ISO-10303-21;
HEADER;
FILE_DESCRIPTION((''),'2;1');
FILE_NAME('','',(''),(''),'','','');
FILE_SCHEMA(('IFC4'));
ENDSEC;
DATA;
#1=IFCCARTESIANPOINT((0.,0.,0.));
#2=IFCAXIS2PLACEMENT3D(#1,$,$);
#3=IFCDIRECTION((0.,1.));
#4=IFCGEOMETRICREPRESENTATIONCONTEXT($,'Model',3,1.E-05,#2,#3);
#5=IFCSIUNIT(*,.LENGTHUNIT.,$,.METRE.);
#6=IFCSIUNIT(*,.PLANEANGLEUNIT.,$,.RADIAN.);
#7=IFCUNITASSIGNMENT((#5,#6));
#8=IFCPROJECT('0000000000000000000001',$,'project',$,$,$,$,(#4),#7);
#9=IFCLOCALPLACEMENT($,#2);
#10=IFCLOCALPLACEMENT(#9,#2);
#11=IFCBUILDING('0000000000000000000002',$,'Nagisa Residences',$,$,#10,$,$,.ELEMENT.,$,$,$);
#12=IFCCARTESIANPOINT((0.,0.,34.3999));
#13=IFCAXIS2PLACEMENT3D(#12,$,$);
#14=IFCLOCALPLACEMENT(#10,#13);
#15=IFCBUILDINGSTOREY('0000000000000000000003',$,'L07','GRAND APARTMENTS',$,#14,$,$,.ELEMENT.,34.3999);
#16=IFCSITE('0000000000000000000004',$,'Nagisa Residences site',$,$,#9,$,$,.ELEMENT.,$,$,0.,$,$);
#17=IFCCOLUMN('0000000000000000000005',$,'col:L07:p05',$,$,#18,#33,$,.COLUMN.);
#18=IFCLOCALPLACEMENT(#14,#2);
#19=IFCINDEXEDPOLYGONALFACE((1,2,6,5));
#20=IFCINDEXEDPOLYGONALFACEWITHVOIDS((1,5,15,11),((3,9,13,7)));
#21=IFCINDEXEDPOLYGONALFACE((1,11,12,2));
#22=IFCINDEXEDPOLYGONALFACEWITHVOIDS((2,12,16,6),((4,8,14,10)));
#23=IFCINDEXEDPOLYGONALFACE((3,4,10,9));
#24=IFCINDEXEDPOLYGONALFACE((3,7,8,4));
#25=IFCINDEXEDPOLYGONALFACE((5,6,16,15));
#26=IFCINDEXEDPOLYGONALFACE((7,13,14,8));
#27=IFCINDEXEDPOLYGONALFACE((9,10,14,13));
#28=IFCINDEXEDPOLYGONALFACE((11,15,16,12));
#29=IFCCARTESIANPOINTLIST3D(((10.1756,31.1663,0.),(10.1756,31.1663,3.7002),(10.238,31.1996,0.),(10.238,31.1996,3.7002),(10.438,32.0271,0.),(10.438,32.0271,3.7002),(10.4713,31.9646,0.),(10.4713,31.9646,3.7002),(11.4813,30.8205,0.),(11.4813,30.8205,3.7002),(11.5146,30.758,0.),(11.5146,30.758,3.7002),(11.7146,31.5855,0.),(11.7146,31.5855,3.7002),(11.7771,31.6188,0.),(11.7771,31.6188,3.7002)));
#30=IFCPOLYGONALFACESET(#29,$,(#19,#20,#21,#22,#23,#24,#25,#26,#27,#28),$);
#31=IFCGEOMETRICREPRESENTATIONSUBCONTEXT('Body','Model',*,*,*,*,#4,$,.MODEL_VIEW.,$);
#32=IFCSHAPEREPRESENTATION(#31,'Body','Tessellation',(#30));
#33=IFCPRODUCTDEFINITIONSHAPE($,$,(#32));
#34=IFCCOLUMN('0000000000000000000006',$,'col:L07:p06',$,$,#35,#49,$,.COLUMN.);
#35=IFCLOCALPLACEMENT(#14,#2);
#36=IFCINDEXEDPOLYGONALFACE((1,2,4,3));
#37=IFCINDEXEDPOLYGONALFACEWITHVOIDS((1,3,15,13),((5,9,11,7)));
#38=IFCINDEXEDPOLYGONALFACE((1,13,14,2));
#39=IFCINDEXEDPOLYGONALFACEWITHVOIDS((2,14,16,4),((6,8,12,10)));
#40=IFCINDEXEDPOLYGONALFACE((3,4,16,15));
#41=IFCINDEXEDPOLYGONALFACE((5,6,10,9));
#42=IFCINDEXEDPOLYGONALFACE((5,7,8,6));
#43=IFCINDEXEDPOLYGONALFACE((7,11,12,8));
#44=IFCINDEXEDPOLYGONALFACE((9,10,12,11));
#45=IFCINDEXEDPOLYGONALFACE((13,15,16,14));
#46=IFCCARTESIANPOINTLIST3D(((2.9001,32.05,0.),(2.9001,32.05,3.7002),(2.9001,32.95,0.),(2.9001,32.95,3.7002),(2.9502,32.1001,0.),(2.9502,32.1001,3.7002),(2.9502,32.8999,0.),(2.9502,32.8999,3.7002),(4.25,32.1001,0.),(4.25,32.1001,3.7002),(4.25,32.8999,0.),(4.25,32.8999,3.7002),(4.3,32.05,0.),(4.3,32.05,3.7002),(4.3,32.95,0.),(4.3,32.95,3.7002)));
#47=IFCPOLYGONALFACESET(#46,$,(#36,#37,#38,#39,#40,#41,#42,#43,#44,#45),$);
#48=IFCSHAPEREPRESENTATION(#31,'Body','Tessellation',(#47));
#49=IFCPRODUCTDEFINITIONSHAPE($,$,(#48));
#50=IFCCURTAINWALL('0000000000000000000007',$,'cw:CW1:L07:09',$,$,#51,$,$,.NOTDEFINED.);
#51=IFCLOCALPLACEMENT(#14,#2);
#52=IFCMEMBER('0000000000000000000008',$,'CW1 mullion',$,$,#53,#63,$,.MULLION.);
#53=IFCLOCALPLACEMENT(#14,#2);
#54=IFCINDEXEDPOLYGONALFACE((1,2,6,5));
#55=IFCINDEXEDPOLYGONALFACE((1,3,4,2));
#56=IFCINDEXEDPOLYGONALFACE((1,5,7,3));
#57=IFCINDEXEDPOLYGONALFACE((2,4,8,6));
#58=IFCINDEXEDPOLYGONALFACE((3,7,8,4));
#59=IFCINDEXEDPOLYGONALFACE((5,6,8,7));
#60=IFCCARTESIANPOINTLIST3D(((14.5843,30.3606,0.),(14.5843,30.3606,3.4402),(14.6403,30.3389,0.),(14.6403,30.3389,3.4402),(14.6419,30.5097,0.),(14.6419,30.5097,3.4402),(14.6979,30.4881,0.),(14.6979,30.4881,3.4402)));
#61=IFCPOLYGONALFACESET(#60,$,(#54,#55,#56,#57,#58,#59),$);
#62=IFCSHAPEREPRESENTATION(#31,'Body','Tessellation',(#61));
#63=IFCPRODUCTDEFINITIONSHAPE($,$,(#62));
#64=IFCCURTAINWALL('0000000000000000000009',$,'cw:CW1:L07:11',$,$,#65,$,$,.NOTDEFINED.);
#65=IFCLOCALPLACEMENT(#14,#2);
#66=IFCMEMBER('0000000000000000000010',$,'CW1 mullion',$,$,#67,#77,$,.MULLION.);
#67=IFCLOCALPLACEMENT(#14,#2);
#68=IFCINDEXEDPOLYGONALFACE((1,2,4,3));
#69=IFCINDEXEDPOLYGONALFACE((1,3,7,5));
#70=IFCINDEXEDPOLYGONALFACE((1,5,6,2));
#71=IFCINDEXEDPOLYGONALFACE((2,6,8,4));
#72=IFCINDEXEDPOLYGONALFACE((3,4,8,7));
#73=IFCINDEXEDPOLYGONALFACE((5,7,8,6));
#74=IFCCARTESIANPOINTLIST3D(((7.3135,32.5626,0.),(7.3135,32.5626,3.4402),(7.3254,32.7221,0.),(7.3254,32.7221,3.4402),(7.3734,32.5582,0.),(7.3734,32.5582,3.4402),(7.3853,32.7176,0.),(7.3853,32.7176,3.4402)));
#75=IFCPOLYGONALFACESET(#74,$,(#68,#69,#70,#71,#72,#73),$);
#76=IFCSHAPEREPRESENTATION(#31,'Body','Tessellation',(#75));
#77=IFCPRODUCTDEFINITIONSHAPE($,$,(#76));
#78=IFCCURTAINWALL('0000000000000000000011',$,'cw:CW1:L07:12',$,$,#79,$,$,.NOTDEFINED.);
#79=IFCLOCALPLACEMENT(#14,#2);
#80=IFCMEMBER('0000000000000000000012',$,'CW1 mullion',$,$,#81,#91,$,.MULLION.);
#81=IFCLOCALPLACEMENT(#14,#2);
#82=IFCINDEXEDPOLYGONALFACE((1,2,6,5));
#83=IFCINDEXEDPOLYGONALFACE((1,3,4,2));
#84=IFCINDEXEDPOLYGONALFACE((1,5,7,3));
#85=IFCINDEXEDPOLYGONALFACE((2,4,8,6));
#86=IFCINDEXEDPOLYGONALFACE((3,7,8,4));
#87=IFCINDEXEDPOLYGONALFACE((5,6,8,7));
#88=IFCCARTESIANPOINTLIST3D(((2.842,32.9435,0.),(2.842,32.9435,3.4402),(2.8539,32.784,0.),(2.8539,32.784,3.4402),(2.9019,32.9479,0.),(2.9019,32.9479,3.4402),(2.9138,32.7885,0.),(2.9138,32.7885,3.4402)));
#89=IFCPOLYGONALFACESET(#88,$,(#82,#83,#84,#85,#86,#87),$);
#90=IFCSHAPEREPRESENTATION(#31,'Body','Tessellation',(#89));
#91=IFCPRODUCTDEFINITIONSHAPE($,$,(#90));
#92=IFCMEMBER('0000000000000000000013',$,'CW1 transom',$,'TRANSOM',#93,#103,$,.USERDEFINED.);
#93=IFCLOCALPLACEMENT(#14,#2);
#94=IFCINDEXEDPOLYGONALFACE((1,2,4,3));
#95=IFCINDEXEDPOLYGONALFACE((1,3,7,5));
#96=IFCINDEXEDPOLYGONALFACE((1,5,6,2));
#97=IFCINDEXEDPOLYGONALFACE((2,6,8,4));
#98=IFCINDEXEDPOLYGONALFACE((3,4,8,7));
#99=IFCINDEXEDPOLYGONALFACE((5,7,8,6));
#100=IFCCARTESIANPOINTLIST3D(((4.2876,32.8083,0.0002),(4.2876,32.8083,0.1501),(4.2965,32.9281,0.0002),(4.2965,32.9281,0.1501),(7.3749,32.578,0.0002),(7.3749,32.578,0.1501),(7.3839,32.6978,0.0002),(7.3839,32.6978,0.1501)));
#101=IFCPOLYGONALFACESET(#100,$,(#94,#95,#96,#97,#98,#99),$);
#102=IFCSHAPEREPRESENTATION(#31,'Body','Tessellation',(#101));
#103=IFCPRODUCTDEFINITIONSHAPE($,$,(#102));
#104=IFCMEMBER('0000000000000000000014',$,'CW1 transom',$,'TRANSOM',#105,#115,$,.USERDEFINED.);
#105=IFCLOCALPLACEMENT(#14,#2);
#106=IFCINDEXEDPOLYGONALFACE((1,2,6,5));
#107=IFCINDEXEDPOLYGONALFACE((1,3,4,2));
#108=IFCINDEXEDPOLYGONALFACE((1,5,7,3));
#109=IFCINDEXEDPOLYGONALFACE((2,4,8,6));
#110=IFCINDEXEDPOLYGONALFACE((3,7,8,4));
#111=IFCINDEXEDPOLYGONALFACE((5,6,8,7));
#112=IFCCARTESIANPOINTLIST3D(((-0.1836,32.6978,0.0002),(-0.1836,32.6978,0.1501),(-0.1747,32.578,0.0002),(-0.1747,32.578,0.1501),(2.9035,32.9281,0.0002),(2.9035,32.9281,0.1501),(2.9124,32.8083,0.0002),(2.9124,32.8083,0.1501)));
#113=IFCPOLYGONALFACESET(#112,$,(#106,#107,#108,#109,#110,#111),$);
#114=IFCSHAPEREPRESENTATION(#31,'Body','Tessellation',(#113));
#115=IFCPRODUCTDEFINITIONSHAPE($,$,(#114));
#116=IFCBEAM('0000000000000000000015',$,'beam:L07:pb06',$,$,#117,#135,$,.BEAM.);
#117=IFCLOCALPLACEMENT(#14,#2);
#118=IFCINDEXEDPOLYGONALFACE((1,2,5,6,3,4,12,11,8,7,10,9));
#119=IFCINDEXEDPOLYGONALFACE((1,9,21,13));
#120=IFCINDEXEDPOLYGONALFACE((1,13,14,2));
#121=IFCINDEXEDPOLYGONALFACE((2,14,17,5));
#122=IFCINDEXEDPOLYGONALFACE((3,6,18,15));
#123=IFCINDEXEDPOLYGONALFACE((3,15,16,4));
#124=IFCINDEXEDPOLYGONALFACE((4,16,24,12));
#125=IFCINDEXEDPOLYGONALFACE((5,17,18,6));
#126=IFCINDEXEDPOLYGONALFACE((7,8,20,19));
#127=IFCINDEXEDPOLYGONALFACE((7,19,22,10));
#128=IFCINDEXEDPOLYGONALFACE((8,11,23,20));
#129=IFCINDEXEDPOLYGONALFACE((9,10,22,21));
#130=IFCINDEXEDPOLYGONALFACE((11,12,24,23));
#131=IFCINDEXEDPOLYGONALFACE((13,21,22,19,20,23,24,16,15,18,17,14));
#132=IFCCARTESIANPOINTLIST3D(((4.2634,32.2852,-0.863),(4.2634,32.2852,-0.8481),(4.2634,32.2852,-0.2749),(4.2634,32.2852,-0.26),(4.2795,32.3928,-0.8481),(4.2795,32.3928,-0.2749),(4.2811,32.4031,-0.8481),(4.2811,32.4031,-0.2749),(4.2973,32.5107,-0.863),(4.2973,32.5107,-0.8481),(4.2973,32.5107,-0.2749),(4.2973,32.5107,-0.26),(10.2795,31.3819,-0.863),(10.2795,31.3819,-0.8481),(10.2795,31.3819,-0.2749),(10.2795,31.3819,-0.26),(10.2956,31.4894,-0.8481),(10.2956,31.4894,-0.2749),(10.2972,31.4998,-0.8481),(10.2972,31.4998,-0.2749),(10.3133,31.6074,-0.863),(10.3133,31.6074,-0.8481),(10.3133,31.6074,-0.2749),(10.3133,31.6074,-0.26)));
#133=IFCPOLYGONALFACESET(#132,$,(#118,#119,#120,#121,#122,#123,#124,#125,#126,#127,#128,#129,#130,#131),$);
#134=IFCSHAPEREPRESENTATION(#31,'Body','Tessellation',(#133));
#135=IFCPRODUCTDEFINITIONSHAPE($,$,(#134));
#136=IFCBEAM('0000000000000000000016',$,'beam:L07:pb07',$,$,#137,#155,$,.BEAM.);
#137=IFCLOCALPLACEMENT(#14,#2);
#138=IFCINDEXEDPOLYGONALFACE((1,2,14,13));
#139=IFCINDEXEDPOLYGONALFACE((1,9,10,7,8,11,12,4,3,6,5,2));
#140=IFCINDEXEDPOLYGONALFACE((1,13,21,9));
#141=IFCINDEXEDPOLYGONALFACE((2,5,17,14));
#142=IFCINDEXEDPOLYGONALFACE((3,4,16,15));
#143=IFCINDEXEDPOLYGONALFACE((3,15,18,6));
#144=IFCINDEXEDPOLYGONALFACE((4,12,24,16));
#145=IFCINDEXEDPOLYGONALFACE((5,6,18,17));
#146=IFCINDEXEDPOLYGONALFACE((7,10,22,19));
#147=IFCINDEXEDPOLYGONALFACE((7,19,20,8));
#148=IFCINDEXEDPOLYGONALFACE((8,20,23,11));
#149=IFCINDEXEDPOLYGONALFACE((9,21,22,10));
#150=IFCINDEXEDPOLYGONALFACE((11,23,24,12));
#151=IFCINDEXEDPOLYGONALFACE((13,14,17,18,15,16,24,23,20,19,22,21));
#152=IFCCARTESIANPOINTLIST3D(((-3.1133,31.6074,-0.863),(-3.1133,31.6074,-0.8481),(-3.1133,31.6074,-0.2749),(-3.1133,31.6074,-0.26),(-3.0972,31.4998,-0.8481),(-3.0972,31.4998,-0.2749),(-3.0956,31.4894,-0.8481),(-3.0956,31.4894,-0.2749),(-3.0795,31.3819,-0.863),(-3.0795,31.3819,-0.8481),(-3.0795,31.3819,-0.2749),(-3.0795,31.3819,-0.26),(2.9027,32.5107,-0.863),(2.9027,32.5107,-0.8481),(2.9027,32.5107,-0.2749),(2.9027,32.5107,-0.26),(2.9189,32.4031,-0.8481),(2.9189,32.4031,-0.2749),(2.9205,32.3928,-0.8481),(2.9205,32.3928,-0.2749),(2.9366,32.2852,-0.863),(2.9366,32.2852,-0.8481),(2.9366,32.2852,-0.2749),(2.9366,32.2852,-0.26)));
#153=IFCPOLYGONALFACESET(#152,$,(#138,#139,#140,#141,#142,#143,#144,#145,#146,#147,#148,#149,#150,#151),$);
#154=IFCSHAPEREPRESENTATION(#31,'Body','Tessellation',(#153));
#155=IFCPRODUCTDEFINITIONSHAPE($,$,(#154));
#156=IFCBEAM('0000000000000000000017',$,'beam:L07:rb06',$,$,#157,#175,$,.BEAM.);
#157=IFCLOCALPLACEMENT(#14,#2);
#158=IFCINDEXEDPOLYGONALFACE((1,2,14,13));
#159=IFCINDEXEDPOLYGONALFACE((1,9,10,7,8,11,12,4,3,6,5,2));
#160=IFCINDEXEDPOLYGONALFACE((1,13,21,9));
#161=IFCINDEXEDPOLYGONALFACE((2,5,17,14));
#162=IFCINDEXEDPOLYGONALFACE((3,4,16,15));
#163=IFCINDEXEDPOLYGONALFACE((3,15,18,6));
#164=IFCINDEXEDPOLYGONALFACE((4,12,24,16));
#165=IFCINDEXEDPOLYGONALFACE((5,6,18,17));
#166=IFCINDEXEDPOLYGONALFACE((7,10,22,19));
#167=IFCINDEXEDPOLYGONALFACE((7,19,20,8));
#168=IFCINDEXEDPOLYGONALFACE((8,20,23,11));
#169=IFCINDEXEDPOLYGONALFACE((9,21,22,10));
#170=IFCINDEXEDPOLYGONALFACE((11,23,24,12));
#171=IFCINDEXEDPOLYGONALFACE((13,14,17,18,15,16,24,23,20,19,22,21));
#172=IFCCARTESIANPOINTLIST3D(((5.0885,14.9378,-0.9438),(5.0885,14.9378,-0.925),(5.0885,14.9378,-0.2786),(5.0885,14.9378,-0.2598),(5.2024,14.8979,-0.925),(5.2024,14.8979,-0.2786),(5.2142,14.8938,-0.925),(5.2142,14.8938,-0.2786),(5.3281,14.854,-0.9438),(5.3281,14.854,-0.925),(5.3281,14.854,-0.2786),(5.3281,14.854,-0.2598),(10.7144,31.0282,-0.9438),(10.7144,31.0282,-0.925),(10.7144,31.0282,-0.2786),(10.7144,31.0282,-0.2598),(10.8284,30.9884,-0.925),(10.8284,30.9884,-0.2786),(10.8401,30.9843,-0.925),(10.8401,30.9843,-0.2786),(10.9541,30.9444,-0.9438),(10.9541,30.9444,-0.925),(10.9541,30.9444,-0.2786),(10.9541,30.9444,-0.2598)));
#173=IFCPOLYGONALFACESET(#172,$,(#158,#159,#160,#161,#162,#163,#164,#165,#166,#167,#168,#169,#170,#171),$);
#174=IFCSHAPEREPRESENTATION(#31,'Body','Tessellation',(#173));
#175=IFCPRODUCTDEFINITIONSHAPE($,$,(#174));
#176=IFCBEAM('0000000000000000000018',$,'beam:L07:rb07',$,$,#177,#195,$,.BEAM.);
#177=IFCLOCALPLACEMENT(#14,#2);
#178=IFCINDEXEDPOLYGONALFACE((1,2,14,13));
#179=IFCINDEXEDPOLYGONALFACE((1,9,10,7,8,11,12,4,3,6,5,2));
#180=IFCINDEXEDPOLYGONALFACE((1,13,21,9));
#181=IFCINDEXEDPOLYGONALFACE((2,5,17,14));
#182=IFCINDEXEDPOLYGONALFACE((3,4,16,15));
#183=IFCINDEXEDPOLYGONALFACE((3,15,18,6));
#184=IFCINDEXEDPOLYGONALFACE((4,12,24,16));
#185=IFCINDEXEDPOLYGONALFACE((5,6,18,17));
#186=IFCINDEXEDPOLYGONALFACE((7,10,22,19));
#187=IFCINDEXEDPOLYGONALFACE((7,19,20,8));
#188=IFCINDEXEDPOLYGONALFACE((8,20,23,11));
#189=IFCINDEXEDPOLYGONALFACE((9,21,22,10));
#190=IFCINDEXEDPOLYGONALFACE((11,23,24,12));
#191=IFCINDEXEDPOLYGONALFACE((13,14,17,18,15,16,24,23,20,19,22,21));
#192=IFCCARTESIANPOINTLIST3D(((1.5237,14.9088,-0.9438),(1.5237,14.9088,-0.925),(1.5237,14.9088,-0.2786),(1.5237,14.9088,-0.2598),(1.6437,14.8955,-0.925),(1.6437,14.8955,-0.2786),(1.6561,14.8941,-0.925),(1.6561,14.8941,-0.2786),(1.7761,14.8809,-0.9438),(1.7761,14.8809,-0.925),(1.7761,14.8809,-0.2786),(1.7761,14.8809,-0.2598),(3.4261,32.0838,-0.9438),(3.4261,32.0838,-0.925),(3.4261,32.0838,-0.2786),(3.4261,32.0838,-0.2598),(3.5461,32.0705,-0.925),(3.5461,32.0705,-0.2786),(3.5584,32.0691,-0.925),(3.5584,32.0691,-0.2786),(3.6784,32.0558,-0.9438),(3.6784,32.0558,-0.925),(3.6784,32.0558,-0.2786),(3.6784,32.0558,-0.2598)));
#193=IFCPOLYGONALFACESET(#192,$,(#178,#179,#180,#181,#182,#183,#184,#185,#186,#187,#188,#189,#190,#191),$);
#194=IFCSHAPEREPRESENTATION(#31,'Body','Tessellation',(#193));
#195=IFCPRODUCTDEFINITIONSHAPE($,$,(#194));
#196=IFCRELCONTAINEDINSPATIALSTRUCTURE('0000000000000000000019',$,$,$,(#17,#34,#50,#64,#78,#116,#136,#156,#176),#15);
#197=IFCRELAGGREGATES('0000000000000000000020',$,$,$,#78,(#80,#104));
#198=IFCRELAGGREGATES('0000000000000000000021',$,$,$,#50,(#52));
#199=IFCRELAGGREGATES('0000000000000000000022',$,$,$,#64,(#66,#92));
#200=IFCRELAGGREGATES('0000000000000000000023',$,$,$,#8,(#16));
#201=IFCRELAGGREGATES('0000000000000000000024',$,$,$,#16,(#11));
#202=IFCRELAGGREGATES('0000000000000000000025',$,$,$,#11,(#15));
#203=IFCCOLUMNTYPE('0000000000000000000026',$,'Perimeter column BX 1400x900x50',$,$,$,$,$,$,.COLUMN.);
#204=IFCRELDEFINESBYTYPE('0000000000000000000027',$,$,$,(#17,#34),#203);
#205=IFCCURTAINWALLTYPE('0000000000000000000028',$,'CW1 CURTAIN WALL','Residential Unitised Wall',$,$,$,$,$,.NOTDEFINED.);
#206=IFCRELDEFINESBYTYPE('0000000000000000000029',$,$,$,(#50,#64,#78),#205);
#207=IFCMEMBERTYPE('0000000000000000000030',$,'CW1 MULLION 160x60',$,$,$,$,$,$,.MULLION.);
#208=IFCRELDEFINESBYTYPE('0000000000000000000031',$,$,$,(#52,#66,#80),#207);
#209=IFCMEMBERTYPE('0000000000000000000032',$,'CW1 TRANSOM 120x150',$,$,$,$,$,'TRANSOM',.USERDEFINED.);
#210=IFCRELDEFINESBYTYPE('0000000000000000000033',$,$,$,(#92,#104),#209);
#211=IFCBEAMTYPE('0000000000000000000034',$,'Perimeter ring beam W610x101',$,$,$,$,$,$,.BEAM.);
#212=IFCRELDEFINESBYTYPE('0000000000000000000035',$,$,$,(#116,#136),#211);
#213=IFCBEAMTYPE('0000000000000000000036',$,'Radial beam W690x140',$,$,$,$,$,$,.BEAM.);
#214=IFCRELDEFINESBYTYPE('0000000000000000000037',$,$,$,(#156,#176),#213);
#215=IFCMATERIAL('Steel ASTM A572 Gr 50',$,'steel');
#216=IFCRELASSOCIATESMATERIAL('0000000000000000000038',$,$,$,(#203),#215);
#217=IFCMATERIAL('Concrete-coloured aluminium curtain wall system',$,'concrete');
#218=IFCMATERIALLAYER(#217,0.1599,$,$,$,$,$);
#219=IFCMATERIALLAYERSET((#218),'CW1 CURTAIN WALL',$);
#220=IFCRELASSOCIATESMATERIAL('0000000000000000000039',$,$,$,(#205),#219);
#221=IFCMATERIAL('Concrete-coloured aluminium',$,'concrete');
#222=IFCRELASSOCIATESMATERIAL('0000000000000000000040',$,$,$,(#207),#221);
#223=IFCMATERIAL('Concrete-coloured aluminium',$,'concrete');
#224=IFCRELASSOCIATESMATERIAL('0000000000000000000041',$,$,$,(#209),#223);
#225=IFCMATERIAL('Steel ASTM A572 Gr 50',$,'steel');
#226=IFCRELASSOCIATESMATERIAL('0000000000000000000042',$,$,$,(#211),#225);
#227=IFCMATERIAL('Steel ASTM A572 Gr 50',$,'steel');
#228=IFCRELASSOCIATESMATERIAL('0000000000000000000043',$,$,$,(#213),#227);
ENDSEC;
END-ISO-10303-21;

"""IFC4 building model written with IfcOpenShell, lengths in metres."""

from ifc_helpers import new_model, si_unit, direction, frame, origin, origin_2d, place, context, subcontext, project, spatial, rectangle, hollow_rectangle, i_section, extrude, material, layer, layer_set, material_profile, profile_set, type_object, element, aggregate, save


model = new_model("IFC4")

# Units and contexts
model_context = context("Model", 3, precision=1e-05, world=origin(), true_north=direction((0.0, 1.0)))
body_context = subcontext(model_context, "Body", "Model", "MODEL_VIEW")
ifc_project = project(units=[si_unit("LENGTHUNIT", "METRE"), si_unit("PLANEANGLEUNIT", "RADIAN")], contexts=[model_context])

# Site, building, storey
site_placement = place(None, origin())
site = spatial("IfcSite", under=ifc_project, at=site_placement, Name="Nagisa Residences site", CompositionType="ELEMENT", RefElevation=0.0)
building_placement = place(site_placement, origin())
building = spatial("IfcBuilding", under=site, at=building_placement, Name="Nagisa Residences", CompositionType="ELEMENT")
storey_placement = place(building_placement, frame((0.0, 0.0, 34.3999)))
storey = spatial("IfcBuildingStorey", under=building, at=storey_placement, Name="L07", Description="GRAND APARTMENTS", CompositionType="ELEMENT", Elevation=34.3999)

# Columns
ifc_material_1 = material(Name="Steel ASTM A572 Gr 50", Category="steel")
ifc_material_profile_1 = material_profile(ifc_material_1, hollow_rectangle(XDim=1.3999, YDim=0.8999, WallThickness=0.05, at=origin_2d()), Name="BX 1400x900x50")
ifc_profile_set_1 = profile_set([ifc_material_profile_1], Name="Steel ASTM A572 Gr 50")
column_type = type_object("IfcColumnType", Name="Perimeter column BX 1400x900x50", PredefinedType="COLUMN", material=ifc_profile_set_1)
for number, where, z_axis, x_axis, name in (
    (1, (10.9763, 31.3926, 0.0), (0.0, 0.0, 1.0), (-0.956525, 0.291652, 0.0), "col:L07:p05"),
    (2, (3.6001, 32.5, 0.0), (0.0, 0.0, 1.0), (-1.0, 0.0, 0.0), "col:L07:p06"),
):
    element("IfcColumn", number, at=place(storey_placement, frame(where, z_axis=z_axis, x_axis=x_axis)), inside=storey, type_object=column_type, Name=name, PredefinedType="COLUMN", context=body_context, shape_type="SweptSolid", body=[
        extrude(hollow_rectangle(XDim=1.3999, YDim=0.8999, WallThickness=0.05, at=origin_2d()), origin(), (0.0, 0.0, 1.0), 3.7002),
    ])

# Curtain walls, members
ifc_material_2 = material(Name="Concrete-coloured aluminium curtain wall system", Category="concrete")
ifc_layer_1 = layer(ifc_material_2, 0.1599)
ifc_layer_set_1 = layer_set([ifc_layer_1], Name="CW1 CURTAIN WALL")
curtain_wall_type = type_object("IfcCurtainWallType", Name="CW1 CURTAIN WALL", Description="Residential Unitised Wall", PredefinedType="NOTDEFINED", material=ifc_layer_set_1)
curtain_wall_1_placement = place(storey_placement, origin())
curtain_wall_1 = element("IfcCurtainWall", 3, at=curtain_wall_1_placement, inside=storey, type_object=curtain_wall_type, Name="cw:CW1:L07:09", PredefinedType="NOTDEFINED")
ifc_material_3 = material(Name="Concrete-coloured aluminium", Category="concrete")
ifc_material_profile_2 = material_profile(ifc_material_3, rectangle(XDim=0.1599, YDim=0.0601, at=origin_2d()), Name="CW1 MULLION 160x60")
ifc_profile_set_2 = profile_set([ifc_material_profile_2], Name="Concrete-coloured aluminium")
member_type_1 = type_object("IfcMemberType", Name="CW1 MULLION 160x60", PredefinedType="MULLION", material=ifc_profile_set_2)
member_1_placement = place(storey_placement, frame((14.6411, 30.4243, 0.0), z_axis=(0.0, 0.0, 1.0), x_axis=(-0.360328, -0.932826, 0.0)))
member_1 = element("IfcMember", 4, at=member_1_placement, type_object=member_type_1, Name="CW1 mullion", PredefinedType="MULLION", context=body_context, shape_type="SweptSolid", body=[
    extrude(rectangle(XDim=0.1599, YDim=0.0601, at=origin_2d()), origin(), (0.0, 0.0, 1.0), 3.4402),
])
curtain_wall_2_placement = place(storey_placement, origin())
curtain_wall_2 = element("IfcCurtainWall", 5, at=curtain_wall_2_placement, inside=storey, type_object=curtain_wall_type, Name="cw:CW1:L07:11", PredefinedType="NOTDEFINED")
member_2_placement = place(storey_placement, frame((7.3494, 32.6401, 0.0), z_axis=(0.0, 0.0, 1.0), x_axis=(-0.074377, -0.99723, 0.0)))
member_2 = element("IfcMember", 6, at=member_2_placement, type_object=member_type_1, Name="CW1 mullion", PredefinedType="MULLION", context=body_context, shape_type="SweptSolid", body=[
    extrude(rectangle(XDim=0.1599, YDim=0.0601, at=origin_2d()), origin(), (0.0, 0.0, 1.0), 3.4402),
])
curtain_wall_3_placement = place(storey_placement, origin())
curtain_wall_3 = element("IfcCurtainWall", 7, at=curtain_wall_3_placement, inside=storey, type_object=curtain_wall_type, Name="cw:CW1:L07:12", PredefinedType="NOTDEFINED")
member_3_placement = place(storey_placement, frame((2.8779, 32.866, 0.0), z_axis=(0.0, 0.0, 1.0), x_axis=(0.074377, -0.99723, 0.0)))
member_3 = element("IfcMember", 8, at=member_3_placement, type_object=member_type_1, Name="CW1 mullion", PredefinedType="MULLION", context=body_context, shape_type="SweptSolid", body=[
    extrude(rectangle(XDim=0.1599, YDim=0.0601, at=origin_2d()), origin(), (0.0, 0.0, 1.0), 3.4402),
])

# Members
ifc_material_4 = material(Name="Concrete-coloured aluminium", Category="concrete")
ifc_material_profile_3 = material_profile(ifc_material_4, rectangle(XDim=0.1201, YDim=0.1499, at=origin_2d()), Name="CW1 TRANSOM 120x150")
ifc_profile_set_3 = profile_set([ifc_material_profile_3], Name="Concrete-coloured aluminium")
member_type_2 = type_object("IfcMemberType", Name="CW1 TRANSOM 120x150", ElementType="TRANSOM", PredefinedType="USERDEFINED", material=ifc_profile_set_3)
member_4_placement = place(storey_placement, frame((7.3794, 32.6379, 0.0752), z_axis=(-0.997231, 0.074363, 0.0), x_axis=(-0.074363, -0.997231, 0.0)))
member_4 = element("IfcMember", 9, at=member_4_placement, type_object=member_type_2, Name="CW1 transom", ObjectType="TRANSOM", PredefinedType="USERDEFINED", context=body_context, shape_type="SweptSolid", body=[
    extrude(rectangle(XDim=0.1201, YDim=0.1499, at=origin_2d()), origin(), (0.0, 0.0, 1.0), 3.0959),
])
member_5_placement = place(storey_placement, frame((2.908, 32.8682, 0.0752), z_axis=(-0.997231, -0.074368, 0.0), x_axis=(0.074368, -0.997231, 0.0)))
member_5 = element("IfcMember", 10, at=member_5_placement, type_object=member_type_2, Name="CW1 transom", ObjectType="TRANSOM", PredefinedType="USERDEFINED", context=body_context, shape_type="SweptSolid", body=[
    extrude(rectangle(XDim=0.1201, YDim=0.1499, at=origin_2d()), origin(), (0.0, 0.0, 1.0), 3.0957),
])
aggregate(curtain_wall_3, [member_3, member_5])

# Beams
ifc_material_5 = material(Name="Steel ASTM A572 Gr 50", Category="steel")
ifc_material_profile_4 = material_profile(ifc_material_5, i_section(OverallWidth=0.228, OverallDepth=0.603, WebThickness=0.0105, FlangeThickness=0.0149, at=origin_2d()), Name="W610x101")
ifc_profile_set_4 = profile_set([ifc_material_profile_4], Name="Steel ASTM A572 Gr 50")
beam_type_1 = type_object("IfcBeamType", Name="Perimeter ring beam W610x101", PredefinedType="BEAM", material=ifc_profile_set_4)
for number, where, z_axis, x_axis, name in (
    (11, (10.2964, 31.4946, -0.5615), (-0.988915, 0.148486, 0.0), (-0.148486, -0.988915, 0.0), "beam:L07:pb06"),
    (12, (2.9197, 32.3979, -0.5615), (-0.988915, -0.148486, 0.0), (0.148486, -0.988915, 0.0), "beam:L07:pb07"),
):
    element("IfcBeam", number, at=place(storey_placement, frame(where, z_axis=z_axis, x_axis=x_axis)), inside=storey, type_object=beam_type_1, Name=name, PredefinedType="BEAM", context=body_context, shape_type="SweptSolid", body=[
        extrude(i_section(OverallWidth=0.228, OverallDepth=0.603, WebThickness=0.0105, FlangeThickness=0.0149, at=origin_2d()), origin(), (0.0, 0.0, 1.0), 6.0835),
    ])
ifc_material_6 = material(Name="Steel ASTM A572 Gr 50", Category="steel")
ifc_material_profile_5 = material_profile(ifc_material_6, i_section(OverallWidth=0.2539, OverallDepth=0.6841, WebThickness=0.0125, FlangeThickness=0.0188, at=origin_2d()), Name="W690x140")
ifc_profile_set_5 = profile_set([ifc_material_profile_5], Name="Steel ASTM A572 Gr 50")
beam_type_2 = type_object("IfcBeamType", Name="Radial beam W690x140", PredefinedType="BEAM", material=ifc_profile_set_5)
beam_1_placement = place(storey_placement, frame((10.8342, 30.9863, -0.6018), z_axis=(-0.330051, -0.943963, 0.0), x_axis=(0.943963, -0.330051, 0.0)))
element("IfcBeam", 13, at=beam_1_placement, inside=storey, type_object=beam_type_2, Name="beam:L07:rb06", PredefinedType="BEAM", context=body_context, shape_type="SweptSolid", body=[
    extrude(i_section(OverallWidth=0.2539, OverallDepth=0.6841, WebThickness=0.0125, FlangeThickness=0.0188, at=origin_2d()), origin(), (0.0, 0.0, 1.0), 17.0457),
])
beam_2_placement = place(storey_placement, frame((3.5522, 32.0698, -0.6018), z_axis=(-0.110089, -0.993922, 0.0), x_axis=(0.993922, -0.110089, 0.0)))
element("IfcBeam", 14, at=beam_2_placement, inside=storey, type_object=beam_type_2, Name="beam:L07:rb07", PredefinedType="BEAM", context=body_context, shape_type="SweptSolid", body=[
    extrude(i_section(OverallWidth=0.2539, OverallDepth=0.6841, WebThickness=0.0125, FlangeThickness=0.0188, at=origin_2d()), origin(), (0.0, 0.0, 1.0), 17.28),
])

aggregate(curtain_wall_1, [member_1])
aggregate(curtain_wall_2, [member_2, member_4])

save(model, "model.ifc")
